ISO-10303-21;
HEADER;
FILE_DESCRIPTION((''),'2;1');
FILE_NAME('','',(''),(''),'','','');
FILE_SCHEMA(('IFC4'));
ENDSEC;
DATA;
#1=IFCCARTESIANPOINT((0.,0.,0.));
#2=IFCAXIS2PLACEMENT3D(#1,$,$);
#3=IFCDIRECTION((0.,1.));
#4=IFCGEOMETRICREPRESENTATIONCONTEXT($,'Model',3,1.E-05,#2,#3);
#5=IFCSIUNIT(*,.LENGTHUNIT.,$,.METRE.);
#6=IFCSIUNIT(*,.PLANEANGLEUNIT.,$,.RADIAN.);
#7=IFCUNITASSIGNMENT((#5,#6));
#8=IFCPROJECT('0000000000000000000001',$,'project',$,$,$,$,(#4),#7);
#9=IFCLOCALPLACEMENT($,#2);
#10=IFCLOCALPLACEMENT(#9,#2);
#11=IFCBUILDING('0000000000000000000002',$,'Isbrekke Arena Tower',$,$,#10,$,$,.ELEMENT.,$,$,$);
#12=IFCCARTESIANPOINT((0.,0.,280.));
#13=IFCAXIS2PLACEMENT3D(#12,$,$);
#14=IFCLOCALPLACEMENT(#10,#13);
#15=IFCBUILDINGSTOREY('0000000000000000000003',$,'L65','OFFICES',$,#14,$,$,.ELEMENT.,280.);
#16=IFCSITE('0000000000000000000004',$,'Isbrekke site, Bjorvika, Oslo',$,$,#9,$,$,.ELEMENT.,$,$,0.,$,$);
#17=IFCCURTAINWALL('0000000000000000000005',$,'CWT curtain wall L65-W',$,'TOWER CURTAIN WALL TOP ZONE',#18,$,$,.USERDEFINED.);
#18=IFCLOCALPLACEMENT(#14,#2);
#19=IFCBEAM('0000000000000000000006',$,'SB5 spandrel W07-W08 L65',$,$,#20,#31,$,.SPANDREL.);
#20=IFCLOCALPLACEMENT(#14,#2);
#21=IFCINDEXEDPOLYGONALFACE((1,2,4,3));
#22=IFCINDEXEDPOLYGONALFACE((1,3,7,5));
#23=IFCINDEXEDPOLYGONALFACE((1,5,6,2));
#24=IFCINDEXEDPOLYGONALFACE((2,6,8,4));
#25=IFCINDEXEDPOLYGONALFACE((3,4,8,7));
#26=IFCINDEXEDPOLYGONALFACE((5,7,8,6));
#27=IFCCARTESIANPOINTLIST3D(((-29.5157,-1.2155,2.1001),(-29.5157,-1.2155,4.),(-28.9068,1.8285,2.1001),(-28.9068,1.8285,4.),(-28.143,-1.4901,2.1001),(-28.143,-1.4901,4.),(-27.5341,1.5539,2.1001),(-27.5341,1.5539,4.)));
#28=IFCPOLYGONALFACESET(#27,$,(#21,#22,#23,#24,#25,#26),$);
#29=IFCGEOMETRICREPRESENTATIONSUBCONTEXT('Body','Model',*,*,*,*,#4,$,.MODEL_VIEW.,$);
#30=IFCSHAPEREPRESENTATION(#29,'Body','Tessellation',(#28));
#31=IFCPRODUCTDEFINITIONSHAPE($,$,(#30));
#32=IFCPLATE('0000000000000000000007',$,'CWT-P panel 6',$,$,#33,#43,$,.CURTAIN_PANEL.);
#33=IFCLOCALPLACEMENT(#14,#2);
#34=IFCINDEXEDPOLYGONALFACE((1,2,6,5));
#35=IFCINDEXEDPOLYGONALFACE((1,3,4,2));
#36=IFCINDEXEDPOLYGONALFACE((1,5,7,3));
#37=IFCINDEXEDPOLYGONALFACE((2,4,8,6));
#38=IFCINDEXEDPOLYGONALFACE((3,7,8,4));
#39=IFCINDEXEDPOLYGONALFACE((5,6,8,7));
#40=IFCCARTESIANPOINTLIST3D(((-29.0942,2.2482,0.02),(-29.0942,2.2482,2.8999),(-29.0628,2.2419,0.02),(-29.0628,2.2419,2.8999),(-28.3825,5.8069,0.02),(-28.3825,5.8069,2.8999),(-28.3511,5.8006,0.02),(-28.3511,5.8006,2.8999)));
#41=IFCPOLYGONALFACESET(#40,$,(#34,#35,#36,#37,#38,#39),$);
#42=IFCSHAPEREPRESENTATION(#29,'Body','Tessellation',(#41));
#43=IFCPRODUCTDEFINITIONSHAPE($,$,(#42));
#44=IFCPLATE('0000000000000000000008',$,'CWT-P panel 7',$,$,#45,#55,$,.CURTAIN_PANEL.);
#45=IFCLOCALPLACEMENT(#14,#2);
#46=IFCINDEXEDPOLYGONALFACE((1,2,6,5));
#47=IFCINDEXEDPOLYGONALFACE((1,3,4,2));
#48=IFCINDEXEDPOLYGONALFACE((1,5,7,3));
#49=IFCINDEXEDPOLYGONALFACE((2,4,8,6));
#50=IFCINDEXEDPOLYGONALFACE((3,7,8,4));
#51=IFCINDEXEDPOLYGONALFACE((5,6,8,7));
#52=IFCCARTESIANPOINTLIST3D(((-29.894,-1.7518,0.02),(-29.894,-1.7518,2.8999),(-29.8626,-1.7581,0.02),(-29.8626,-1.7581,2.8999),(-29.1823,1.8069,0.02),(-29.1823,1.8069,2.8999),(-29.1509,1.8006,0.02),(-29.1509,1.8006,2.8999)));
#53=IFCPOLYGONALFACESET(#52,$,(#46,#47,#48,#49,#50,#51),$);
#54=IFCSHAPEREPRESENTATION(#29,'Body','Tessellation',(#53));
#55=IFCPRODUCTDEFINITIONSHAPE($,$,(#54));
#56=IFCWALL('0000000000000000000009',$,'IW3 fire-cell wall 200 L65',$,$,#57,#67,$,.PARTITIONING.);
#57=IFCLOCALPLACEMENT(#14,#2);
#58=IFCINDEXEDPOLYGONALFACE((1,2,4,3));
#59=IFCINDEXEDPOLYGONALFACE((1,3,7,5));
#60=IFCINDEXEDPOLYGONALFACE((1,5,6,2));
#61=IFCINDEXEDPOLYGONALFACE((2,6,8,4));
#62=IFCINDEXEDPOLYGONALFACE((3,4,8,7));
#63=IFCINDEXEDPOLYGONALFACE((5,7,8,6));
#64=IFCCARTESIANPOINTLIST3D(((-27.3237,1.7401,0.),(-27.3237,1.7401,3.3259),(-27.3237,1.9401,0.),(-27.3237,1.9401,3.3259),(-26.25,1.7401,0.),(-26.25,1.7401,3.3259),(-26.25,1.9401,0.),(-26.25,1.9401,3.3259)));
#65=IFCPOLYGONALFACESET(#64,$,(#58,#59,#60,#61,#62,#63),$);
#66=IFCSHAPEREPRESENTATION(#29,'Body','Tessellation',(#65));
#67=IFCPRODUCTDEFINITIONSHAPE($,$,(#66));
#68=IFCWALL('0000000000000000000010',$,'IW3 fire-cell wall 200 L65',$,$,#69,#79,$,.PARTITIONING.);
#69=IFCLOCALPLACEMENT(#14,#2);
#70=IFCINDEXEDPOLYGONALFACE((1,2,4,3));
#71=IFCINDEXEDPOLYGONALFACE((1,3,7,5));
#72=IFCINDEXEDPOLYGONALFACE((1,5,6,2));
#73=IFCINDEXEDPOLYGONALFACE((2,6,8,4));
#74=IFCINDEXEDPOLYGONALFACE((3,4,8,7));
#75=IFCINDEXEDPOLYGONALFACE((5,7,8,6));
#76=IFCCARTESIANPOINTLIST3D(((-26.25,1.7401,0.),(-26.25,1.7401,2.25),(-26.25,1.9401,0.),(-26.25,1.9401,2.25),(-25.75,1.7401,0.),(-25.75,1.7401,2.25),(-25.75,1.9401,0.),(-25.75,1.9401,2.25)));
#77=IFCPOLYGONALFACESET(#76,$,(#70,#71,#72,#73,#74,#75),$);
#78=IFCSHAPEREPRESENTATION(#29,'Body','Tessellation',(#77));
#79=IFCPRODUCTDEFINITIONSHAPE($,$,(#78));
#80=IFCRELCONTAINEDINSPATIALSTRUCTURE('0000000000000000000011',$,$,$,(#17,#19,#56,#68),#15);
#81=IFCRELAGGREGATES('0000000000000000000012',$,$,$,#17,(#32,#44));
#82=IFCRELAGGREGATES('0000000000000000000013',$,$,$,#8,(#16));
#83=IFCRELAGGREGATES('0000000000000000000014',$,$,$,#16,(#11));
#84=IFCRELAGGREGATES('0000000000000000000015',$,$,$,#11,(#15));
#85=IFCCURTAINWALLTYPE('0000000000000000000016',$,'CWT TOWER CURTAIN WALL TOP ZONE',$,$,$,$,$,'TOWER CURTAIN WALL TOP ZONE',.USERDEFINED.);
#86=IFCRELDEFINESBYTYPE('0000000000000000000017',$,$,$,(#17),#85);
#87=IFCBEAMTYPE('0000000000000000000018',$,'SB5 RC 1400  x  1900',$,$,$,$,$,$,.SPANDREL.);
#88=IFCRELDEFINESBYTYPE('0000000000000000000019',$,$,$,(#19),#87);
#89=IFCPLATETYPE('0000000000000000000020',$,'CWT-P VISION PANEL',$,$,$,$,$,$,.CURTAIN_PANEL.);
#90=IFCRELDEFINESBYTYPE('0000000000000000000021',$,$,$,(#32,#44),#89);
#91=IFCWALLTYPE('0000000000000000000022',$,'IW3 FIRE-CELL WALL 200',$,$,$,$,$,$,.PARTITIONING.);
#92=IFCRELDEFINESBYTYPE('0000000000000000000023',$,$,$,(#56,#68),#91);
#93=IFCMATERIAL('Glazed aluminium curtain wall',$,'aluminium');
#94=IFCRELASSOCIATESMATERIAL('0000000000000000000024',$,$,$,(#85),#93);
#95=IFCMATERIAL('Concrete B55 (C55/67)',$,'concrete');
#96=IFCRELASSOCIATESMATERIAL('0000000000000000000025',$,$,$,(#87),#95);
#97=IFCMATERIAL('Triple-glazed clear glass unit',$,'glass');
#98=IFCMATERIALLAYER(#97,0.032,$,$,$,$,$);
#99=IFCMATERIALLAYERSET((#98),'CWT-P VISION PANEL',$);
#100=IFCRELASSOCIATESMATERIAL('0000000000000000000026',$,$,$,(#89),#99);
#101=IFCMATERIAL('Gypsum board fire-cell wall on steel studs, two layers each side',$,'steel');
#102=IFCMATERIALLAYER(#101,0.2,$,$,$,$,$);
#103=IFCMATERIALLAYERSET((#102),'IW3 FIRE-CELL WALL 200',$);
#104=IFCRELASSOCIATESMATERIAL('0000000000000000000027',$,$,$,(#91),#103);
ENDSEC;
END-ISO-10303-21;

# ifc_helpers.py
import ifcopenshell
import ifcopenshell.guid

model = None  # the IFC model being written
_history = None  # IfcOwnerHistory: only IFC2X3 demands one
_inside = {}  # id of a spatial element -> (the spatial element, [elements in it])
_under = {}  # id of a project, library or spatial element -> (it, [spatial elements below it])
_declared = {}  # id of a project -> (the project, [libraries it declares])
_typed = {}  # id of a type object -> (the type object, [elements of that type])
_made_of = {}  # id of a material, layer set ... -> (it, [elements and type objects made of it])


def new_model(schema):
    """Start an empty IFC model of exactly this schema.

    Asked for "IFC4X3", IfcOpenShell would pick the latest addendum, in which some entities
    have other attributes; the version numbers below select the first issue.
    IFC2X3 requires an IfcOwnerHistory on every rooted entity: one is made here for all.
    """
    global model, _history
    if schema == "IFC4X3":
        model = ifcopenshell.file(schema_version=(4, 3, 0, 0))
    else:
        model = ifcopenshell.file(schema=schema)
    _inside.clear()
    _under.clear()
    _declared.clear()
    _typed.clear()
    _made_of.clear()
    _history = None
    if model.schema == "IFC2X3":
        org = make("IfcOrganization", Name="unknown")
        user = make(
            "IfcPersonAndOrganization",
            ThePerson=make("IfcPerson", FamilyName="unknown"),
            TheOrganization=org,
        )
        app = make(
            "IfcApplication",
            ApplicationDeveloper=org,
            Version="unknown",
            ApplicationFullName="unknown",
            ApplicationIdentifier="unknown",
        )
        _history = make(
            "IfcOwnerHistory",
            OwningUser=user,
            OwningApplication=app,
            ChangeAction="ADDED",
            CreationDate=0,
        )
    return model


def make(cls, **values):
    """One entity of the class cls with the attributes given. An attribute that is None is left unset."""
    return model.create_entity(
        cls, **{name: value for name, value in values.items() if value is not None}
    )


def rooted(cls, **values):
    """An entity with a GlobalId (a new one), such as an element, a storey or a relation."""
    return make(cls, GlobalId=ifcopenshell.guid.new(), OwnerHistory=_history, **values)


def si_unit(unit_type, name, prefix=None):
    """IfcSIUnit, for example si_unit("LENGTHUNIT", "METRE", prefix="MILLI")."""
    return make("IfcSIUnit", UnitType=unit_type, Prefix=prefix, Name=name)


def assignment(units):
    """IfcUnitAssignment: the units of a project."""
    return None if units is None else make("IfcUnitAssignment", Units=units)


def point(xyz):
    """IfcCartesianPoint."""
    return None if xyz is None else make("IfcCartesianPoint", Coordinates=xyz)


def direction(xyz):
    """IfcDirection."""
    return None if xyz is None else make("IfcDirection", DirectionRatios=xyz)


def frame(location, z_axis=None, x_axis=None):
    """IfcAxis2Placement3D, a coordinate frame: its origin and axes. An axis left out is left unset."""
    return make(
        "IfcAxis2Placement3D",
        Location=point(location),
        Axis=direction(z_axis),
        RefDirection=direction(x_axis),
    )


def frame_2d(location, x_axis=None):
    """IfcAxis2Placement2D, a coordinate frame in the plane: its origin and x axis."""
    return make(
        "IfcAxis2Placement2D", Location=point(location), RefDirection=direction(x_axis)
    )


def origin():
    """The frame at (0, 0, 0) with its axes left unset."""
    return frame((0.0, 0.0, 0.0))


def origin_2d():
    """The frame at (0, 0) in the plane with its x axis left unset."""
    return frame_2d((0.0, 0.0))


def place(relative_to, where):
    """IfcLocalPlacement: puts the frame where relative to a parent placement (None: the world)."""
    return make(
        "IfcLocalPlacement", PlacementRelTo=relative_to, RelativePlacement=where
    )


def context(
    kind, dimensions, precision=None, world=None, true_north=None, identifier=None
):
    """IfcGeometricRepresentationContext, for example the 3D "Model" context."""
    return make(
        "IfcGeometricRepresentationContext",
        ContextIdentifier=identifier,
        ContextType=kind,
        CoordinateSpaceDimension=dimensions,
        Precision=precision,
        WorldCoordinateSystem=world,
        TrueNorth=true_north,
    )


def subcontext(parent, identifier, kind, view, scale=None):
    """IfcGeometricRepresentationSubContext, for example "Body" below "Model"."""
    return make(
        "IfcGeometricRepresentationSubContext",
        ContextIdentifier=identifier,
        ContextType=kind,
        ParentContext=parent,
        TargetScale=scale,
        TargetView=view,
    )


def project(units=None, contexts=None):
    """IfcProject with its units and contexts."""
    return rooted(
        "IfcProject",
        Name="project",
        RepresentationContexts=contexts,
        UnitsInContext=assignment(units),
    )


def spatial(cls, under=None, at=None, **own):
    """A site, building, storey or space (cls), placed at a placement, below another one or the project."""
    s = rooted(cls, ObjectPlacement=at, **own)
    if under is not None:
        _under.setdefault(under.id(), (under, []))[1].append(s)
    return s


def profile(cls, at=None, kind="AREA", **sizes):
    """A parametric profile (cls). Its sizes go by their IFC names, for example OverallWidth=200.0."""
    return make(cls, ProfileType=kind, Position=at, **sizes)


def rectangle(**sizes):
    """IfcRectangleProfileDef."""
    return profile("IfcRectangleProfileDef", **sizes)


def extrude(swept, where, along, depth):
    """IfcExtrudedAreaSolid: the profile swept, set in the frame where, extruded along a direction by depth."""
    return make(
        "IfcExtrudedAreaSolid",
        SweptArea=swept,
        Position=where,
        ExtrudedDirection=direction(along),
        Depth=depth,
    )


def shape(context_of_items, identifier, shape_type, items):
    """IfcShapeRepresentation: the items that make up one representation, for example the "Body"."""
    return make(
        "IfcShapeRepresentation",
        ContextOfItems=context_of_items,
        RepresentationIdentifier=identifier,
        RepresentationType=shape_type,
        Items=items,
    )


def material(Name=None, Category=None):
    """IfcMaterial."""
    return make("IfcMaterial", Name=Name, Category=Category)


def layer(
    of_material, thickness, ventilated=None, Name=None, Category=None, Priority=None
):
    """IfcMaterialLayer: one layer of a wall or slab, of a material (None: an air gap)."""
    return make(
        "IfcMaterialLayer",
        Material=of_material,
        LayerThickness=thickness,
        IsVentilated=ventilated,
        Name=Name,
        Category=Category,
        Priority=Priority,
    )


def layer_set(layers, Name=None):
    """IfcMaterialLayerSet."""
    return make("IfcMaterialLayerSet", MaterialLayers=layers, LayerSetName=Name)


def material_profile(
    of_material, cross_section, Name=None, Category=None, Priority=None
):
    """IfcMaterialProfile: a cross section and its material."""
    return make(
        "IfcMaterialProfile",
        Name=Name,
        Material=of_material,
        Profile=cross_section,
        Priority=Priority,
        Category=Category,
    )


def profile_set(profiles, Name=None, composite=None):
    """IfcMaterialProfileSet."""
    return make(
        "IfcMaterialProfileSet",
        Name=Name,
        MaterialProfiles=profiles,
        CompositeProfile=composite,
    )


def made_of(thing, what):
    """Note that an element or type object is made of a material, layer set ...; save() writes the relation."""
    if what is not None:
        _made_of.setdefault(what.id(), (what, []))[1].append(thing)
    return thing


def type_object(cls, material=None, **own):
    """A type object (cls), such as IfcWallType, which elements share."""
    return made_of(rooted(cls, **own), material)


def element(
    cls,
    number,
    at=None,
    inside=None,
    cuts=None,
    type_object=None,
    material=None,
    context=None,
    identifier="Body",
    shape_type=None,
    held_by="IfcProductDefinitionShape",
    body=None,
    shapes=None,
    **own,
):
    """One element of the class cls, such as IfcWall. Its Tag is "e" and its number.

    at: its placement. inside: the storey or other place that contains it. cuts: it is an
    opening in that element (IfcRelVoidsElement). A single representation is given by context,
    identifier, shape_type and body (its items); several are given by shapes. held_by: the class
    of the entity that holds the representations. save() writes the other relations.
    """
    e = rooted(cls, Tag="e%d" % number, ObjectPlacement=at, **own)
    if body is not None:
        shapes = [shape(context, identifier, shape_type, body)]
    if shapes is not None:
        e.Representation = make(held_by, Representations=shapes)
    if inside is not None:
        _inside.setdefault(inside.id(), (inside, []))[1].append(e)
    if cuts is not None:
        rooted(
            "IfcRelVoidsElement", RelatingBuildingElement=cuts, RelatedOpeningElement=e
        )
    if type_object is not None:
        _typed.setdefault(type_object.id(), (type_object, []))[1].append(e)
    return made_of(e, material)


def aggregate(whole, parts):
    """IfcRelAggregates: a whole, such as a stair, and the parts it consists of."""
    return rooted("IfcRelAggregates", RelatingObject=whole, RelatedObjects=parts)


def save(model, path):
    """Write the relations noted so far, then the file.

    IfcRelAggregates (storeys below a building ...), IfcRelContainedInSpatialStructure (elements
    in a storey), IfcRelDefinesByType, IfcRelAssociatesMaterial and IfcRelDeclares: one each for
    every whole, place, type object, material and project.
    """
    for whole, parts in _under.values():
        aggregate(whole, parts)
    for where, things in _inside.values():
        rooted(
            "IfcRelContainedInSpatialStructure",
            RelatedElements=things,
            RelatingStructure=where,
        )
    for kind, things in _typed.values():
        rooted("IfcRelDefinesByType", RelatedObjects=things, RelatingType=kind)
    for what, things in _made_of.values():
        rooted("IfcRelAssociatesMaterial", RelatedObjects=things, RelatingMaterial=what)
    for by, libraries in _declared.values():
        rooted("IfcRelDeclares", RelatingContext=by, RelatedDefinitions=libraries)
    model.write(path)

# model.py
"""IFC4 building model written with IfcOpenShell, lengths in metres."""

from ifc_helpers import new_model, si_unit, direction, frame, frame_2d, origin, origin_2d, place, context, subcontext, project, spatial, rectangle, extrude, material, layer, layer_set, material_profile, profile_set, type_object, element, aggregate, save


model = new_model("IFC4")

# Units and contexts
model_context = context("Model", 3, precision=1e-05, world=origin(), true_north=direction((0.0, 1.0)))
body_context = subcontext(model_context, "Body", "Model", "MODEL_VIEW")
ifc_project = project(units=[si_unit("LENGTHUNIT", "METRE"), si_unit("PLANEANGLEUNIT", "RADIAN")], contexts=[model_context])

# Site, building, storey
site_placement = place(None, origin())
site = spatial("IfcSite", under=ifc_project, at=site_placement, Name="Isbrekke site, Bjorvika, Oslo", CompositionType="ELEMENT", RefElevation=0.0)
building_placement = place(site_placement, origin())
building = spatial("IfcBuilding", under=site, at=building_placement, Name="Isbrekke Arena Tower", CompositionType="ELEMENT")
storey_placement = place(building_placement, frame((0.0, 0.0, 280.0)))
storey = spatial("IfcBuildingStorey", under=building, at=storey_placement, Name="L65", Description="OFFICES", CompositionType="ELEMENT", Elevation=280.0)

# Curtain wall
ifc_material_1 = material(Name="Glazed aluminium curtain wall", Category="aluminium")
curtain_wall_type = type_object("IfcCurtainWallType", Name="CWT TOWER CURTAIN WALL TOP ZONE", ElementType="TOWER CURTAIN WALL TOP ZONE", PredefinedType="USERDEFINED", material=ifc_material_1)
curtain_wall_placement = place(storey_placement, origin())
curtain_wall = element("IfcCurtainWall", 1, at=curtain_wall_placement, inside=storey, type_object=curtain_wall_type, Name="CWT curtain wall L65-W", ObjectType="TOWER CURTAIN WALL TOP ZONE", PredefinedType="USERDEFINED")

# Beam
ifc_material_2 = material(Name="Concrete B55 (C55/67)", Category="concrete")
ifc_material_profile_1 = material_profile(ifc_material_2, rectangle(XDim=1.3999, YDim=1.8999, at=origin_2d()), Name="RC 1400 x 1900")
ifc_profile_set_1 = profile_set([ifc_material_profile_1], Name="Concrete B55 (C55/67)")
beam_type_1 = type_object("IfcBeamType", Name="SB5 RC 1400  x  1900", PredefinedType="SPANDREL", material=ifc_profile_set_1)
beam_1_placement = place(storey_placement, frame((-28.2205, 1.6912, 3.05), z_axis=(-0.196146, -0.980575, 0.0), x_axis=(0.980575, -0.196146, 0.0)))
element("IfcBeam", 2, at=beam_1_placement, inside=storey, type_object=beam_type_1, Name="SB5 spandrel W07-W08 L65", PredefinedType="SPANDREL", context=body_context, shape_type="SweptSolid", body=[
    extrude(rectangle(XDim=1.3999, YDim=1.8999, at=origin_2d()), origin(), (0.0, 0.0, 1.0), 3.1042),
])

# Plates
ifc_material_3 = material(Name="Triple-glazed clear glass unit", Category="glass")
ifc_layer_1 = layer(ifc_material_3, 0.032)
ifc_layer_set_1 = layer_set([ifc_layer_1], Name="CWT-P VISION PANEL")
plate_type = type_object("IfcPlateType", Name="CWT-P VISION PANEL", PredefinedType="CURTAIN_PANEL", material=ifc_layer_set_1)
plate_1_placement = place(storey_placement, frame((-28.7227, 4.0244, 0.02), z_axis=(0.0, 0.0, 1.0), x_axis=(-0.196116, -0.980581, 0.0)))
plate_1 = element("IfcPlate", 3, at=plate_1_placement, type_object=plate_type, Name="CWT-P panel 6", PredefinedType="CURTAIN_PANEL", context=body_context, shape_type="SweptSolid", body=[
    extrude(rectangle(XDim=3.6292, YDim=0.032, at=origin_2d()), origin(), (0.0, 0.0, 1.0), 2.8799),
])
plate_2_placement = place(storey_placement, frame((-29.5225, 0.0244, 0.02), z_axis=(0.0, 0.0, 1.0), x_axis=(-0.196116, -0.980581, 0.0)))
plate_2 = element("IfcPlate", 4, at=plate_2_placement, type_object=plate_type, Name="CWT-P panel 7", PredefinedType="CURTAIN_PANEL", context=body_context, shape_type="SweptSolid", body=[
    extrude(rectangle(XDim=3.6292, YDim=0.032, at=origin_2d()), origin(), (0.0, 0.0, 1.0), 2.8799),
])
aggregate(curtain_wall, [plate_1, plate_2])

# Walls
ifc_material_4 = material(Name="Gypsum board fire-cell wall on steel studs, two layers each side", Category="steel")
ifc_layer_2 = layer(ifc_material_4, 0.2)
ifc_layer_set_2 = layer_set([ifc_layer_2], Name="IW3 FIRE-CELL WALL 200")
wall_type = type_object("IfcWallType", Name="IW3 FIRE-CELL WALL 200", PredefinedType="PARTITIONING", material=ifc_layer_set_2)
wall_1_placement = place(storey_placement, frame((-27.3237, 1.8401, 0.0), z_axis=(0.0, 0.0, 1.0), x_axis=(1.0, 0.0, 0.0)))
element("IfcWall", 5, at=wall_1_placement, inside=storey, type_object=wall_type, Name="IW3 fire-cell wall 200 L65", PredefinedType="PARTITIONING", context=body_context, shape_type="SweptSolid", body=[
    extrude(rectangle(XDim=1.0737, YDim=0.2, at=frame_2d((0.5369, 0.0))), origin(), (0.0, 0.0, 1.0), 3.3259),
])
wall_2_placement = place(storey_placement, frame((-26.25, 1.8401, 0.0), z_axis=(0.0, 0.0, 1.0), x_axis=(1.0, 0.0, 0.0)))
element("IfcWall", 6, at=wall_2_placement, inside=storey, type_object=wall_type, Name="IW3 fire-cell wall 200 L65", PredefinedType="PARTITIONING", context=body_context, shape_type="SweptSolid", body=[
    extrude(rectangle(XDim=0.5, YDim=0.2, at=frame_2d((0.25, 0.0))), origin(), (0.0, 0.0, 1.0), 2.25),
])

save(model, "model.ifc")
